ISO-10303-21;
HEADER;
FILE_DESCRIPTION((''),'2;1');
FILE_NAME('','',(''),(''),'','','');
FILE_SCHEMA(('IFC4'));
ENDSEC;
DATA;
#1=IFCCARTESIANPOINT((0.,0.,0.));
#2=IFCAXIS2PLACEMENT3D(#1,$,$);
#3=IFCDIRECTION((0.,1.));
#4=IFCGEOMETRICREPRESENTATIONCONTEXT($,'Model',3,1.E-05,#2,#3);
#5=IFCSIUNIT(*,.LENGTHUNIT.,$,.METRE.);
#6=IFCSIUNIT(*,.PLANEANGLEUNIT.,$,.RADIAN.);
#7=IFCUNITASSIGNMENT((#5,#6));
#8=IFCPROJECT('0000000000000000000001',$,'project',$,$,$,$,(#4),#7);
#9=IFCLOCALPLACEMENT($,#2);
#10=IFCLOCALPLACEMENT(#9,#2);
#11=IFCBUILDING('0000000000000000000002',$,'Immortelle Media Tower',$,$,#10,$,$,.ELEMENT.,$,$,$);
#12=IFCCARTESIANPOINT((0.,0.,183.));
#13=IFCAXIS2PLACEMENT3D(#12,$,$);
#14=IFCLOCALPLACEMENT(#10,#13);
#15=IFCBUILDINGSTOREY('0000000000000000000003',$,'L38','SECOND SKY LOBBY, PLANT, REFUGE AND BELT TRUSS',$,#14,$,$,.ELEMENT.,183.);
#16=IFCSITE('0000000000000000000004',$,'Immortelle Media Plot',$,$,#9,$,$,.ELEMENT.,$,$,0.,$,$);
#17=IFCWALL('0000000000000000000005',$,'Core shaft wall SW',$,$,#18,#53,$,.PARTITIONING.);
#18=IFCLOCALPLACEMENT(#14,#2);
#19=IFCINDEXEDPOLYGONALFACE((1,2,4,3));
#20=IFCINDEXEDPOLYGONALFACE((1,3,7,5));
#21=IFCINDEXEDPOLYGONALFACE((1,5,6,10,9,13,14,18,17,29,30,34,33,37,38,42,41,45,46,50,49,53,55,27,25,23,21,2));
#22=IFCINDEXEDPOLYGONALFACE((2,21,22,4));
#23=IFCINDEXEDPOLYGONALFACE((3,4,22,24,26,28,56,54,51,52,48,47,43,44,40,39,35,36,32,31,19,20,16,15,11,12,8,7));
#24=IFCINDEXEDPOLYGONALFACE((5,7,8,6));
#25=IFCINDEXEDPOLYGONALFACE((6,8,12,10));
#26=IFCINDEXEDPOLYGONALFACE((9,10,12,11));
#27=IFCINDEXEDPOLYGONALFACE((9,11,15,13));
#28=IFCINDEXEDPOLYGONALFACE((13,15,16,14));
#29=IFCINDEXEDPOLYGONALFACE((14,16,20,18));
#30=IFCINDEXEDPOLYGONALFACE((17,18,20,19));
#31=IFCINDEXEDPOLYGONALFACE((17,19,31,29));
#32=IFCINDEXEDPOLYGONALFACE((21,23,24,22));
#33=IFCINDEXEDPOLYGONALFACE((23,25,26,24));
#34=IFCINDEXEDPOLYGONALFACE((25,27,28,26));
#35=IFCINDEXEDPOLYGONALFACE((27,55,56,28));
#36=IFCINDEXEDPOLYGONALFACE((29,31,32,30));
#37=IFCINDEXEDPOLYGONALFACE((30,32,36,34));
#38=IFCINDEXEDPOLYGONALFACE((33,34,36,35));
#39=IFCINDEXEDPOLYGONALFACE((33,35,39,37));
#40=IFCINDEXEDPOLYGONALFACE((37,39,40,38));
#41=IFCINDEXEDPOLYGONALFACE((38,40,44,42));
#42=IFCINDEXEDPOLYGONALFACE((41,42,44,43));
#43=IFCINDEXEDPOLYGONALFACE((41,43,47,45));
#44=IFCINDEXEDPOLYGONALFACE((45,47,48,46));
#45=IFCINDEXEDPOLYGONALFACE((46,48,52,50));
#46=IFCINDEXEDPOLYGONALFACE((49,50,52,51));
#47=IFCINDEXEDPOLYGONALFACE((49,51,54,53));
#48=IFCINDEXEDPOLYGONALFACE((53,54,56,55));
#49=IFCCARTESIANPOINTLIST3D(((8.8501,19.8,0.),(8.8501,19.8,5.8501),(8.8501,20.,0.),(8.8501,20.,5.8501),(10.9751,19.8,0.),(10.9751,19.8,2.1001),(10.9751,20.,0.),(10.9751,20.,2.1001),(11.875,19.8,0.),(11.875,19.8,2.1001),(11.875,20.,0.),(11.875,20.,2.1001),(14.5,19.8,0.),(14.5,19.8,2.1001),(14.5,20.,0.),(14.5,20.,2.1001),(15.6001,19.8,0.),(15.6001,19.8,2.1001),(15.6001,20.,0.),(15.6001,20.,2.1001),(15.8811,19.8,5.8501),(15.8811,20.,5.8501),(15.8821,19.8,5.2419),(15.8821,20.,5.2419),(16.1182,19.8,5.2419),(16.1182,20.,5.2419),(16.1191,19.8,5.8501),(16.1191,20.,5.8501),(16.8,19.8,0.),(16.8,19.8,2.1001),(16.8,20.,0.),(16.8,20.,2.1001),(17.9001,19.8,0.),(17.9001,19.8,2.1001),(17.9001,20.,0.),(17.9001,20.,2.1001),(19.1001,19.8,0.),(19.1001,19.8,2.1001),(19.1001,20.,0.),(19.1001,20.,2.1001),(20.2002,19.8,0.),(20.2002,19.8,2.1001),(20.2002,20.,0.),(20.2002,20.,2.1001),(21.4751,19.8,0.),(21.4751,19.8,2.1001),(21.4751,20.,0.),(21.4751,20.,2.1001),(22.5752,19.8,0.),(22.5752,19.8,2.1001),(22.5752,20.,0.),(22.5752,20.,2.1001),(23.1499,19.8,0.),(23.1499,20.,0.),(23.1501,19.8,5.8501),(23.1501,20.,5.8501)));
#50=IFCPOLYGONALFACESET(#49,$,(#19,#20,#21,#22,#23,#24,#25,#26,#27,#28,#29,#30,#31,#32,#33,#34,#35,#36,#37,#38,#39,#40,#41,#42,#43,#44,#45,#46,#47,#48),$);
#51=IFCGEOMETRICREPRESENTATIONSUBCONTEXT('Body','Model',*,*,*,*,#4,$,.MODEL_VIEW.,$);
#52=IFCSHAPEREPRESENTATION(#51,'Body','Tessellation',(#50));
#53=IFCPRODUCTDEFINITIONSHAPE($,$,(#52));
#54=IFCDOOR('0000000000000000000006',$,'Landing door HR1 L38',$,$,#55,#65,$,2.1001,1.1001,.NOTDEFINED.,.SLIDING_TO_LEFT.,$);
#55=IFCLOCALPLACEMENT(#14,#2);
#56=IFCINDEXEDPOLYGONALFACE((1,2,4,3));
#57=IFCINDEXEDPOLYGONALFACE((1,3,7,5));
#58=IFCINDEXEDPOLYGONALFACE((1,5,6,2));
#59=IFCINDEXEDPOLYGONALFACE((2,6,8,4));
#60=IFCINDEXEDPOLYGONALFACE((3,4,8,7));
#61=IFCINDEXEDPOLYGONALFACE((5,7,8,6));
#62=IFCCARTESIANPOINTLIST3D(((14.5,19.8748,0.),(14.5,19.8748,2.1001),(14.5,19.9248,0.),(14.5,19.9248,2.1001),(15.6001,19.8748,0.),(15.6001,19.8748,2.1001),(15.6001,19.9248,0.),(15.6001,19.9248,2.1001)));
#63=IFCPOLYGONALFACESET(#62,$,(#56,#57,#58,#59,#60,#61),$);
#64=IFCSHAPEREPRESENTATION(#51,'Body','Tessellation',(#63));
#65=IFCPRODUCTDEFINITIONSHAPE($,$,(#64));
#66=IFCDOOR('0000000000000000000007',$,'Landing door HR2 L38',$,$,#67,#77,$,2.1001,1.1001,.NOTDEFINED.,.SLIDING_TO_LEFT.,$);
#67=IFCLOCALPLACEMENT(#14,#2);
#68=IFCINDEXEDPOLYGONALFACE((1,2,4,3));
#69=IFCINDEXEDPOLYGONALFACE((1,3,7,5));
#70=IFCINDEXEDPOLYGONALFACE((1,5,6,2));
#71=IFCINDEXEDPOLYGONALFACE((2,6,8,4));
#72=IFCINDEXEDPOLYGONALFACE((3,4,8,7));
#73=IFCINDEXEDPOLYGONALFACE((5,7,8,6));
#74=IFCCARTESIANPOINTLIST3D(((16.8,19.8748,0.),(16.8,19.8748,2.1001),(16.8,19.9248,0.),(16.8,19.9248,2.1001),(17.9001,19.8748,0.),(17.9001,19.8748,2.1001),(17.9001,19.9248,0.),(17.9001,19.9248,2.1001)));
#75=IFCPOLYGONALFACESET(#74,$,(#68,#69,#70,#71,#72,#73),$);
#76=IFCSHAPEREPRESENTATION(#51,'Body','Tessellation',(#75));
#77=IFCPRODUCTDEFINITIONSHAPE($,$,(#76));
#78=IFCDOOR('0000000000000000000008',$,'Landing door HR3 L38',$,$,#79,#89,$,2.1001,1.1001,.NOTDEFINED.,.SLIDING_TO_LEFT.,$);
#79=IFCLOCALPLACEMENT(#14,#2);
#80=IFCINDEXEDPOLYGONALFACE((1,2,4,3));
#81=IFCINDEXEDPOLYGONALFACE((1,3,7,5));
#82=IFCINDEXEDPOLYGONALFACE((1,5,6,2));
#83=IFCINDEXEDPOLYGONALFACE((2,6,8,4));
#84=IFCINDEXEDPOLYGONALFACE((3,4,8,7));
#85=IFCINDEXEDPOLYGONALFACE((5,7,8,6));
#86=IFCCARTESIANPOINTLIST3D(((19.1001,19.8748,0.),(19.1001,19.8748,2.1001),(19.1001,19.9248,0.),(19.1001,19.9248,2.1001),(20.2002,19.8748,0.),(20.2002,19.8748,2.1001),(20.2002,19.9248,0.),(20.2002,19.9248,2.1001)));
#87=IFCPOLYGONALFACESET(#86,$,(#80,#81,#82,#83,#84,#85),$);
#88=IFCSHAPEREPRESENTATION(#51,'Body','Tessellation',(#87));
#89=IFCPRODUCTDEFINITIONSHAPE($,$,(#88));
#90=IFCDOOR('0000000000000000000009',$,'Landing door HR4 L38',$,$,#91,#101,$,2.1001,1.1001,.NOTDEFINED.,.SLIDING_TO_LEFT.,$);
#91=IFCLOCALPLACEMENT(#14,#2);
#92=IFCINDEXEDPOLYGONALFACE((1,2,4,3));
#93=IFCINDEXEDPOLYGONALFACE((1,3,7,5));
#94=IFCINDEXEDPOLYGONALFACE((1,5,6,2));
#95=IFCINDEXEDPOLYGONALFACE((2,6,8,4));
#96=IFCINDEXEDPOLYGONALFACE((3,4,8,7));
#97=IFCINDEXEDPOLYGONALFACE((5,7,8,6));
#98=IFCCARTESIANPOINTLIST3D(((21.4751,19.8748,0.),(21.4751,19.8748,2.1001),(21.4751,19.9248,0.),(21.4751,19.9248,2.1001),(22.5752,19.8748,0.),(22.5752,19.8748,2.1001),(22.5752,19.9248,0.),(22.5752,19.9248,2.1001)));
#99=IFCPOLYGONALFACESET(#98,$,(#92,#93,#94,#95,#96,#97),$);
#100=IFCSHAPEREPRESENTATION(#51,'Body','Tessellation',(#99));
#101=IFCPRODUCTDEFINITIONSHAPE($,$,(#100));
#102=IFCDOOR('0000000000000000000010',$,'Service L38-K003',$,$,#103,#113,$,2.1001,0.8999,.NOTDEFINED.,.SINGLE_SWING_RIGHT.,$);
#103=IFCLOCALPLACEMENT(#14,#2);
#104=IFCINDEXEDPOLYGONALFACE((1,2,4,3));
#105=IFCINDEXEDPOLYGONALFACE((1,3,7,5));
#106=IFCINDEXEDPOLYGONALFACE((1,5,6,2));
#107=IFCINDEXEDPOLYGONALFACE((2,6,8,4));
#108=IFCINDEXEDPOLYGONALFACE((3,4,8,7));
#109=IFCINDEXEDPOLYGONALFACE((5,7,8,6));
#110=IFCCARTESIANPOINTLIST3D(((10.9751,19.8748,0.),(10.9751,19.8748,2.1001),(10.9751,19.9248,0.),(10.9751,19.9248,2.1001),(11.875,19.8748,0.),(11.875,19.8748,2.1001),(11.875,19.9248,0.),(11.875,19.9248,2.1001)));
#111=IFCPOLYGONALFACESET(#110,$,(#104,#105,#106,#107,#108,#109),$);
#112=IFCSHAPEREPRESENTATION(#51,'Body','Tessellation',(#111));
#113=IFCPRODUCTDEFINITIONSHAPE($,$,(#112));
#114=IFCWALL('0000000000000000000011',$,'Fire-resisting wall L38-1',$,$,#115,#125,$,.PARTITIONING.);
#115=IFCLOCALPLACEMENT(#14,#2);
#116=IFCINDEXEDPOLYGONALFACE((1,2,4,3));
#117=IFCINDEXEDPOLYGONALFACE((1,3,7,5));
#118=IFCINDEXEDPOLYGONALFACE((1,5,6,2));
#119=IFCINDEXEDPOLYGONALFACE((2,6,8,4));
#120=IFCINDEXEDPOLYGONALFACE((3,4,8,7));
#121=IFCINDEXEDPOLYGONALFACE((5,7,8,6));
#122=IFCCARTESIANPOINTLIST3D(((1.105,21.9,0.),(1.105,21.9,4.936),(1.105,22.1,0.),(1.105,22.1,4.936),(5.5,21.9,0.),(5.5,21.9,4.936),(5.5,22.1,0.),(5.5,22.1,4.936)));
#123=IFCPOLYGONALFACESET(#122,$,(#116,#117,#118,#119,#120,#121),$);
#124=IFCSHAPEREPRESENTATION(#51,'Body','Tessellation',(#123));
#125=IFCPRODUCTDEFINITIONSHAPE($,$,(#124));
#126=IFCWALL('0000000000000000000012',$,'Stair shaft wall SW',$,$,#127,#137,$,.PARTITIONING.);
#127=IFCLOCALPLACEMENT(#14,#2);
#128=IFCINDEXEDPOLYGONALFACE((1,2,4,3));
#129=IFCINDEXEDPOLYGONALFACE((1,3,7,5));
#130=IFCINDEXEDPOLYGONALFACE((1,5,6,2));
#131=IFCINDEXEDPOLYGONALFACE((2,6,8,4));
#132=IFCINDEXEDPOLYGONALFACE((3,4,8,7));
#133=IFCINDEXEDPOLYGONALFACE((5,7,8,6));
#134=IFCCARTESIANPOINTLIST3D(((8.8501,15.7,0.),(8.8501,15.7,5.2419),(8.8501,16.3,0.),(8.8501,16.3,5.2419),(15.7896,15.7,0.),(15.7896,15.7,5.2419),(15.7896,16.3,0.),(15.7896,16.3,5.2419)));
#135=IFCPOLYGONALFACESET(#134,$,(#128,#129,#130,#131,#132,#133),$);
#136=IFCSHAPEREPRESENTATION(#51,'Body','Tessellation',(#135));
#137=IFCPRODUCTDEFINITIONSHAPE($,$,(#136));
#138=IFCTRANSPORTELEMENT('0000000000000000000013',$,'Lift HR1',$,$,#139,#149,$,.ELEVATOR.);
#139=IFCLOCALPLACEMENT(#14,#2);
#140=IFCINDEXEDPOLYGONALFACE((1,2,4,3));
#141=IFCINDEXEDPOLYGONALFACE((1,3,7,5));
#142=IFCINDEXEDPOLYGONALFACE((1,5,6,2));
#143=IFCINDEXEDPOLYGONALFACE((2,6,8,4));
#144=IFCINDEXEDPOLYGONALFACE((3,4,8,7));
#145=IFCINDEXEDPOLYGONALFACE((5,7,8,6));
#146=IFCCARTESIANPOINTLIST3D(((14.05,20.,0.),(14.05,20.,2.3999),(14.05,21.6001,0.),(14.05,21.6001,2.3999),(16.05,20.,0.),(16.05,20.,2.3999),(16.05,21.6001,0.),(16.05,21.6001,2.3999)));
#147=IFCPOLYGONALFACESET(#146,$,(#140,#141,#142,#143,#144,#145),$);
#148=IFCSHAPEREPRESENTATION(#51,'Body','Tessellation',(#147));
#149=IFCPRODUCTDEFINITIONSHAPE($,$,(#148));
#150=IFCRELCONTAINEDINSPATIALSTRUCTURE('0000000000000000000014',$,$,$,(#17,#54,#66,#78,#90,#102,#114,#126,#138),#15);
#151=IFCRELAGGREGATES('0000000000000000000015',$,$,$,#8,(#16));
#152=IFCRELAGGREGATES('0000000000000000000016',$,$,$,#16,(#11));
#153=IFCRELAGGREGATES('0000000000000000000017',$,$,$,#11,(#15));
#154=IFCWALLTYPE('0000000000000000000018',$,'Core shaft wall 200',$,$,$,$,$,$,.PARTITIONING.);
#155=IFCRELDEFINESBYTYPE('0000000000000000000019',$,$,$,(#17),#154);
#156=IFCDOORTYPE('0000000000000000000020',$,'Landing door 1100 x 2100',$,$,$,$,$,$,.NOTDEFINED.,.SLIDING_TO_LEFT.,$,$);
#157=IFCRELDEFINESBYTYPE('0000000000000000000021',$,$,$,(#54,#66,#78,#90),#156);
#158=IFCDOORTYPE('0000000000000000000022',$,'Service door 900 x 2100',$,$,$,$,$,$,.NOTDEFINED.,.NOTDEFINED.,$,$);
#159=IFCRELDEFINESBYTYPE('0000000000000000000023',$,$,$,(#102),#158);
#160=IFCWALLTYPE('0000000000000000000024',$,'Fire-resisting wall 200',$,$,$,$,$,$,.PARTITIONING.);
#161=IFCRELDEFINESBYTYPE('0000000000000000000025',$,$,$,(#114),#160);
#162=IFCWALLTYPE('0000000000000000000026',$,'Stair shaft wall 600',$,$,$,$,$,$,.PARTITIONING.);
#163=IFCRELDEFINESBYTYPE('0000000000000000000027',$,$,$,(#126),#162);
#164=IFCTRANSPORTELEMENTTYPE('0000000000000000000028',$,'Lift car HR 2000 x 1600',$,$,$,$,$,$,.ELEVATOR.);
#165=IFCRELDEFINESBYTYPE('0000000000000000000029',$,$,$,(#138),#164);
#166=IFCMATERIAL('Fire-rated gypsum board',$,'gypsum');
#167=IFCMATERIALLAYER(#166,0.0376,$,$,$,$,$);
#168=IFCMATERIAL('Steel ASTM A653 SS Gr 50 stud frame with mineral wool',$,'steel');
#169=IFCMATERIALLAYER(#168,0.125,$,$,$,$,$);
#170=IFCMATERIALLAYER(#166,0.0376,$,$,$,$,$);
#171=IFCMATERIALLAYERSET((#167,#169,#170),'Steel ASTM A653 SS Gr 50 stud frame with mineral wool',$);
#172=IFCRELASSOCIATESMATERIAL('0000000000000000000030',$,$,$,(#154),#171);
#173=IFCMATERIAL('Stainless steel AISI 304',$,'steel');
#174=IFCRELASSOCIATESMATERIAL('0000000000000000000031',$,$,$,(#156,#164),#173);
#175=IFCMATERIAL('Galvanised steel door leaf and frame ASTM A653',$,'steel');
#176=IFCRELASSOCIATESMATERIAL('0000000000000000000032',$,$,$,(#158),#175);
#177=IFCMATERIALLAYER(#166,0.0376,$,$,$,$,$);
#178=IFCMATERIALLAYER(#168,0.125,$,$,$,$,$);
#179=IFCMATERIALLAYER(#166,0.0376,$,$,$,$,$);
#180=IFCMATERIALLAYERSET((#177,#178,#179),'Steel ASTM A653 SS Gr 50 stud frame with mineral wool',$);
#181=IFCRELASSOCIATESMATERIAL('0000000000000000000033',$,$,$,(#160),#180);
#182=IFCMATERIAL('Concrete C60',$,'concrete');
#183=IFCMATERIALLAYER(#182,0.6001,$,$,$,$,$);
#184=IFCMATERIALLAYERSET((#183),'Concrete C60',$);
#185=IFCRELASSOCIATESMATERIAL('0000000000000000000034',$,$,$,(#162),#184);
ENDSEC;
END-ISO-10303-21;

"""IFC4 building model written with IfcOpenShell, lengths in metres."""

from ifc_helpers import new_model, si_unit, direction, frame, frame_2d, origin, origin_2d, place, context, subcontext, project, spatial, polyline, rectangle, outline, extrude, material, layer, layer_set, type_object, element, fill, save


model = new_model("IFC4")

# Units and contexts
model_context = context("Model", 3, precision=1e-05, world=origin(), true_north=direction((0.0, 1.0)))
body_context = subcontext(model_context, "Body", "Model", "MODEL_VIEW")
ifc_project = project(units=[si_unit("LENGTHUNIT", "METRE"), si_unit("PLANEANGLEUNIT", "RADIAN")], contexts=[model_context])

# Site, building, storey
site_placement = place(None, origin())
site = spatial("IfcSite", under=ifc_project, at=site_placement, Name="Immortelle Media Plot", CompositionType="ELEMENT", RefElevation=0.0)
building_placement = place(site_placement, origin())
building = spatial("IfcBuilding", under=site, at=building_placement, Name="Immortelle Media Tower", CompositionType="ELEMENT")
storey_placement = place(building_placement, frame((0.0, 0.0, 183.0)))
storey = spatial("IfcBuildingStorey", under=building, at=storey_placement, Name="L38", Description="SECOND SKY LOBBY, PLANT, REFUGE AND BELT TRUSS", CompositionType="ELEMENT", Elevation=183.0)

# Shared definitions
ifc_material_1 = material(Name="Fire-rated gypsum board", Category="gypsum")
ifc_material_2 = material(Name="Steel ASTM A653 SS Gr 50 stud frame with mineral wool", Category="steel")
ifc_layer_1 = layer(ifc_material_1, 0.0376)
ifc_layer_2 = layer(ifc_material_2, 0.125)
ifc_layer_3 = layer(ifc_material_1, 0.0376)
ifc_layer_set_1 = layer_set([ifc_layer_1, ifc_layer_2, ifc_layer_3], Name="Steel ASTM A653 SS Gr 50 stud frame with mineral wool")
wall_type_1 = type_object("IfcWallType", Name="Core shaft wall 200", PredefinedType="PARTITIONING", material=ifc_layer_set_1)

# Wall, openings, doors
wall_1_placement = place(storey_placement, frame((8.8501, 19.8999, 0.0), z_axis=(0.0, 0.0, 1.0), x_axis=(1.0, 0.0, 0.0)))
wall_1 = element("IfcWall", 1, at=wall_1_placement, inside=storey, type_object=wall_type_1, Name="Core shaft wall SW", PredefinedType="PARTITIONING", context=body_context, shape_type="SweptSolid", body=[
    extrude(outline(polyline([(0.0, 0.0), (14.2998, 0.0), (14.3, 5.8501), (7.269, 5.8501), (7.2681, 5.2419), (7.032, 5.2419), (7.031, 5.8501), (0.0, 5.8501), (0.0, 0.0)])), frame((0.0, 0.1001, 0.0), z_axis=(0.0, -1.0, 0.0), x_axis=(1.0, 0.0, 0.0)), (0.0, 0.0, 1.0), 0.2),
])
opening_1_placement = place(wall_1_placement, frame((2.125, 0.0, 0.0)))
opening_1 = element("IfcOpeningElement", 2, at=opening_1_placement, cuts=wall_1, PredefinedType="OPENING", context=body_context, shape_type="SweptSolid", body=[
    extrude(rectangle(XDim=0.8999, YDim=2.1001, at=frame_2d((0.45, 1.05))), frame((0.0, 0.1099, 0.0), z_axis=(0.0, -1.0, 0.0), x_axis=(1.0, 0.0, 0.0)), (0.0, 0.0, 1.0), 0.22),
])
opening_2_placement = place(wall_1_placement, frame((5.6499, 0.0, 0.0)))
opening_2 = element("IfcOpeningElement", 3, at=opening_2_placement, cuts=wall_1, PredefinedType="OPENING", context=body_context, shape_type="SweptSolid", body=[
    extrude(rectangle(XDim=1.1001, YDim=2.1001, at=frame_2d((0.55, 1.05))), frame((0.0, 0.1099, 0.0), z_axis=(0.0, -1.0, 0.0), x_axis=(1.0, 0.0, 0.0)), (0.0, 0.0, 1.0), 0.22),
])
opening_3_placement = place(wall_1_placement, frame((7.95, 0.0, 0.0)))
opening_3 = element("IfcOpeningElement", 4, at=opening_3_placement, cuts=wall_1, PredefinedType="OPENING", context=body_context, shape_type="SweptSolid", body=[
    extrude(rectangle(XDim=1.1001, YDim=2.1001, at=frame_2d((0.55, 1.05))), frame((0.0, 0.1099, 0.0), z_axis=(0.0, -1.0, 0.0), x_axis=(1.0, 0.0, 0.0)), (0.0, 0.0, 1.0), 0.22),
])
opening_4_placement = place(wall_1_placement, frame((10.25, 0.0, 0.0)))
opening_4 = element("IfcOpeningElement", 5, at=opening_4_placement, cuts=wall_1, PredefinedType="OPENING", context=body_context, shape_type="SweptSolid", body=[
    extrude(rectangle(XDim=1.1001, YDim=2.1001, at=frame_2d((0.55, 1.05))), frame((0.0, 0.1099, 0.0), z_axis=(0.0, -1.0, 0.0), x_axis=(1.0, 0.0, 0.0)), (0.0, 0.0, 1.0), 0.22),
])
opening_5_placement = place(wall_1_placement, frame((12.625, 0.0, 0.0)))
opening_5 = element("IfcOpeningElement", 6, at=opening_5_placement, cuts=wall_1, PredefinedType="OPENING", context=body_context, shape_type="SweptSolid", body=[
    extrude(rectangle(XDim=1.1001, YDim=2.1001, at=frame_2d((0.55, 1.05))), frame((0.0, 0.1099, 0.0), z_axis=(0.0, -1.0, 0.0), x_axis=(1.0, 0.0, 0.0)), (0.0, 0.0, 1.0), 0.22),
])
ifc_material_3 = material(Name="Stainless steel AISI 304", Category="steel")
door_type_1 = type_object("IfcDoorType", Name="Landing door 1100 x 2100", OperationType="SLIDING_TO_LEFT", PredefinedType="NOTDEFINED", material=ifc_material_3)
door_1_placement = place(opening_2_placement, origin())
door_1 = element("IfcDoor", 7, at=door_1_placement, inside=storey, type_object=door_type_1, Name="Landing door HR1 L38", OperationType="SLIDING_TO_LEFT", OverallHeight=2.1001, OverallWidth=1.1001, PredefinedType="NOTDEFINED", context=body_context, shape_type="SweptSolid", body=[
    extrude(rectangle(XDim=1.1001, YDim=2.1001, at=frame_2d((0.55, 1.05))), frame((0.0, 0.0249, 0.0), z_axis=(0.0, -1.0, 0.0), x_axis=(1.0, 0.0, 0.0)), (0.0, 0.0, 1.0), 0.05),
])
fill(opening_2, door_1)
door_2_placement = place(opening_3_placement, origin())
door_2 = element("IfcDoor", 8, at=door_2_placement, inside=storey, type_object=door_type_1, Name="Landing door HR2 L38", OperationType="SLIDING_TO_LEFT", OverallHeight=2.1001, OverallWidth=1.1001, PredefinedType="NOTDEFINED", context=body_context, shape_type="SweptSolid", body=[
    extrude(rectangle(XDim=1.1001, YDim=2.1001, at=frame_2d((0.55, 1.05))), frame((0.0, 0.0249, 0.0), z_axis=(0.0, -1.0, 0.0), x_axis=(1.0, 0.0, 0.0)), (0.0, 0.0, 1.0), 0.05),
])
fill(opening_3, door_2)
door_3_placement = place(opening_4_placement, origin())
door_3 = element("IfcDoor", 9, at=door_3_placement, inside=storey, type_object=door_type_1, Name="Landing door HR3 L38", OperationType="SLIDING_TO_LEFT", OverallHeight=2.1001, OverallWidth=1.1001, PredefinedType="NOTDEFINED", context=body_context, shape_type="SweptSolid", body=[
    extrude(rectangle(XDim=1.1001, YDim=2.1001, at=frame_2d((0.55, 1.05))), frame((0.0, 0.0249, 0.0), z_axis=(0.0, -1.0, 0.0), x_axis=(1.0, 0.0, 0.0)), (0.0, 0.0, 1.0), 0.05),
])
fill(opening_4, door_3)
door_4_placement = place(opening_5_placement, origin())
door_4 = element("IfcDoor", 10, at=door_4_placement, inside=storey, type_object=door_type_1, Name="Landing door HR4 L38", OperationType="SLIDING_TO_LEFT", OverallHeight=2.1001, OverallWidth=1.1001, PredefinedType="NOTDEFINED", context=body_context, shape_type="SweptSolid", body=[
    extrude(rectangle(XDim=1.1001, YDim=2.1001, at=frame_2d((0.55, 1.05))), frame((0.0, 0.0249, 0.0), z_axis=(0.0, -1.0, 0.0), x_axis=(1.0, 0.0, 0.0)), (0.0, 0.0, 1.0), 0.05),
])
fill(opening_5, door_4)
ifc_material_4 = material(Name="Galvanised steel door leaf and frame ASTM A653", Category="steel")
door_type_2 = type_object("IfcDoorType", Name="Service door 900 x 2100", OperationType="NOTDEFINED", PredefinedType="NOTDEFINED", material=ifc_material_4)
door_5_placement = place(opening_1_placement, origin())
door_5 = element("IfcDoor", 11, at=door_5_placement, inside=storey, type_object=door_type_2, Name="Service L38-K003", OperationType="SINGLE_SWING_RIGHT", OverallHeight=2.1001, OverallWidth=0.8999, PredefinedType="NOTDEFINED", context=body_context, shape_type="SweptSolid", body=[
    extrude(rectangle(XDim=0.8999, YDim=2.1001, at=frame_2d((0.45, 1.05))), frame((0.0, 0.0249, 0.0), z_axis=(0.0, -1.0, 0.0), x_axis=(1.0, 0.0, 0.0)), (0.0, 0.0, 1.0), 0.05),
])
fill(opening_1, door_5)

# Walls
ifc_layer_4 = layer(ifc_material_1, 0.0376)
ifc_layer_5 = layer(ifc_material_2, 0.125)
ifc_layer_6 = layer(ifc_material_1, 0.0376)
ifc_layer_set_2 = layer_set([ifc_layer_4, ifc_layer_5, ifc_layer_6], Name="Steel ASTM A653 SS Gr 50 stud frame with mineral wool")
wall_type_2 = type_object("IfcWallType", Name="Fire-resisting wall 200", PredefinedType="PARTITIONING", material=ifc_layer_set_2)
wall_2_placement = place(storey_placement, frame((1.105, 22.0, 0.0), z_axis=(0.0, 0.0, 1.0), x_axis=(1.0, 0.0, 0.0)))
element("IfcWall", 12, at=wall_2_placement, inside=storey, type_object=wall_type_2, Name="Fire-resisting wall L38-1", PredefinedType="PARTITIONING", context=body_context, shape_type="SweptSolid", body=[
    extrude(rectangle(XDim=4.395, YDim=0.2, at=frame_2d((2.1975, 0.0))), origin(), (0.0, 0.0, 1.0), 4.936),
])
ifc_material_5 = material(Name="Concrete C60", Category="concrete")
ifc_layer_7 = layer(ifc_material_5, 0.6001)
ifc_layer_set_3 = layer_set([ifc_layer_7], Name="Concrete C60")
wall_type_3 = type_object("IfcWallType", Name="Stair shaft wall 600", PredefinedType="PARTITIONING", material=ifc_layer_set_3)
wall_3_placement = place(storey_placement, frame((8.8501, 16.0, 0.0), z_axis=(0.0, 0.0, 1.0), x_axis=(1.0, 0.0, 0.0)))
element("IfcWall", 13, at=wall_3_placement, inside=storey, type_object=wall_type_3, Name="Stair shaft wall SW", PredefinedType="PARTITIONING", context=body_context, shape_type="SweptSolid", body=[
    extrude(rectangle(XDim=6.9395, YDim=0.6001, at=frame_2d((3.4697, 0.0))), origin(), (0.0, 0.0, 1.0), 5.2419),
])

# Transport element
transport_element_type = type_object("IfcTransportElementType", Name="Lift car HR 2000 x 1600", PredefinedType="ELEVATOR", material=ifc_material_3)
transport_element_placement = place(storey_placement, frame((15.05, 20.8, 0.0), z_axis=(0.0, 0.0, 1.0), x_axis=(1.0, 0.0, 0.0)))
element("IfcTransportElement", 14, at=transport_element_placement, inside=storey, type_object=transport_element_type, Name="Lift HR1", PredefinedType="ELEVATOR", context=body_context, shape_type="SweptSolid", body=[
    extrude(rectangle(XDim=2.0, YDim=1.6001, at=origin_2d()), origin(), (0.0, 0.0, 1.0), 2.3999),
])

save(model, "model.ifc")
